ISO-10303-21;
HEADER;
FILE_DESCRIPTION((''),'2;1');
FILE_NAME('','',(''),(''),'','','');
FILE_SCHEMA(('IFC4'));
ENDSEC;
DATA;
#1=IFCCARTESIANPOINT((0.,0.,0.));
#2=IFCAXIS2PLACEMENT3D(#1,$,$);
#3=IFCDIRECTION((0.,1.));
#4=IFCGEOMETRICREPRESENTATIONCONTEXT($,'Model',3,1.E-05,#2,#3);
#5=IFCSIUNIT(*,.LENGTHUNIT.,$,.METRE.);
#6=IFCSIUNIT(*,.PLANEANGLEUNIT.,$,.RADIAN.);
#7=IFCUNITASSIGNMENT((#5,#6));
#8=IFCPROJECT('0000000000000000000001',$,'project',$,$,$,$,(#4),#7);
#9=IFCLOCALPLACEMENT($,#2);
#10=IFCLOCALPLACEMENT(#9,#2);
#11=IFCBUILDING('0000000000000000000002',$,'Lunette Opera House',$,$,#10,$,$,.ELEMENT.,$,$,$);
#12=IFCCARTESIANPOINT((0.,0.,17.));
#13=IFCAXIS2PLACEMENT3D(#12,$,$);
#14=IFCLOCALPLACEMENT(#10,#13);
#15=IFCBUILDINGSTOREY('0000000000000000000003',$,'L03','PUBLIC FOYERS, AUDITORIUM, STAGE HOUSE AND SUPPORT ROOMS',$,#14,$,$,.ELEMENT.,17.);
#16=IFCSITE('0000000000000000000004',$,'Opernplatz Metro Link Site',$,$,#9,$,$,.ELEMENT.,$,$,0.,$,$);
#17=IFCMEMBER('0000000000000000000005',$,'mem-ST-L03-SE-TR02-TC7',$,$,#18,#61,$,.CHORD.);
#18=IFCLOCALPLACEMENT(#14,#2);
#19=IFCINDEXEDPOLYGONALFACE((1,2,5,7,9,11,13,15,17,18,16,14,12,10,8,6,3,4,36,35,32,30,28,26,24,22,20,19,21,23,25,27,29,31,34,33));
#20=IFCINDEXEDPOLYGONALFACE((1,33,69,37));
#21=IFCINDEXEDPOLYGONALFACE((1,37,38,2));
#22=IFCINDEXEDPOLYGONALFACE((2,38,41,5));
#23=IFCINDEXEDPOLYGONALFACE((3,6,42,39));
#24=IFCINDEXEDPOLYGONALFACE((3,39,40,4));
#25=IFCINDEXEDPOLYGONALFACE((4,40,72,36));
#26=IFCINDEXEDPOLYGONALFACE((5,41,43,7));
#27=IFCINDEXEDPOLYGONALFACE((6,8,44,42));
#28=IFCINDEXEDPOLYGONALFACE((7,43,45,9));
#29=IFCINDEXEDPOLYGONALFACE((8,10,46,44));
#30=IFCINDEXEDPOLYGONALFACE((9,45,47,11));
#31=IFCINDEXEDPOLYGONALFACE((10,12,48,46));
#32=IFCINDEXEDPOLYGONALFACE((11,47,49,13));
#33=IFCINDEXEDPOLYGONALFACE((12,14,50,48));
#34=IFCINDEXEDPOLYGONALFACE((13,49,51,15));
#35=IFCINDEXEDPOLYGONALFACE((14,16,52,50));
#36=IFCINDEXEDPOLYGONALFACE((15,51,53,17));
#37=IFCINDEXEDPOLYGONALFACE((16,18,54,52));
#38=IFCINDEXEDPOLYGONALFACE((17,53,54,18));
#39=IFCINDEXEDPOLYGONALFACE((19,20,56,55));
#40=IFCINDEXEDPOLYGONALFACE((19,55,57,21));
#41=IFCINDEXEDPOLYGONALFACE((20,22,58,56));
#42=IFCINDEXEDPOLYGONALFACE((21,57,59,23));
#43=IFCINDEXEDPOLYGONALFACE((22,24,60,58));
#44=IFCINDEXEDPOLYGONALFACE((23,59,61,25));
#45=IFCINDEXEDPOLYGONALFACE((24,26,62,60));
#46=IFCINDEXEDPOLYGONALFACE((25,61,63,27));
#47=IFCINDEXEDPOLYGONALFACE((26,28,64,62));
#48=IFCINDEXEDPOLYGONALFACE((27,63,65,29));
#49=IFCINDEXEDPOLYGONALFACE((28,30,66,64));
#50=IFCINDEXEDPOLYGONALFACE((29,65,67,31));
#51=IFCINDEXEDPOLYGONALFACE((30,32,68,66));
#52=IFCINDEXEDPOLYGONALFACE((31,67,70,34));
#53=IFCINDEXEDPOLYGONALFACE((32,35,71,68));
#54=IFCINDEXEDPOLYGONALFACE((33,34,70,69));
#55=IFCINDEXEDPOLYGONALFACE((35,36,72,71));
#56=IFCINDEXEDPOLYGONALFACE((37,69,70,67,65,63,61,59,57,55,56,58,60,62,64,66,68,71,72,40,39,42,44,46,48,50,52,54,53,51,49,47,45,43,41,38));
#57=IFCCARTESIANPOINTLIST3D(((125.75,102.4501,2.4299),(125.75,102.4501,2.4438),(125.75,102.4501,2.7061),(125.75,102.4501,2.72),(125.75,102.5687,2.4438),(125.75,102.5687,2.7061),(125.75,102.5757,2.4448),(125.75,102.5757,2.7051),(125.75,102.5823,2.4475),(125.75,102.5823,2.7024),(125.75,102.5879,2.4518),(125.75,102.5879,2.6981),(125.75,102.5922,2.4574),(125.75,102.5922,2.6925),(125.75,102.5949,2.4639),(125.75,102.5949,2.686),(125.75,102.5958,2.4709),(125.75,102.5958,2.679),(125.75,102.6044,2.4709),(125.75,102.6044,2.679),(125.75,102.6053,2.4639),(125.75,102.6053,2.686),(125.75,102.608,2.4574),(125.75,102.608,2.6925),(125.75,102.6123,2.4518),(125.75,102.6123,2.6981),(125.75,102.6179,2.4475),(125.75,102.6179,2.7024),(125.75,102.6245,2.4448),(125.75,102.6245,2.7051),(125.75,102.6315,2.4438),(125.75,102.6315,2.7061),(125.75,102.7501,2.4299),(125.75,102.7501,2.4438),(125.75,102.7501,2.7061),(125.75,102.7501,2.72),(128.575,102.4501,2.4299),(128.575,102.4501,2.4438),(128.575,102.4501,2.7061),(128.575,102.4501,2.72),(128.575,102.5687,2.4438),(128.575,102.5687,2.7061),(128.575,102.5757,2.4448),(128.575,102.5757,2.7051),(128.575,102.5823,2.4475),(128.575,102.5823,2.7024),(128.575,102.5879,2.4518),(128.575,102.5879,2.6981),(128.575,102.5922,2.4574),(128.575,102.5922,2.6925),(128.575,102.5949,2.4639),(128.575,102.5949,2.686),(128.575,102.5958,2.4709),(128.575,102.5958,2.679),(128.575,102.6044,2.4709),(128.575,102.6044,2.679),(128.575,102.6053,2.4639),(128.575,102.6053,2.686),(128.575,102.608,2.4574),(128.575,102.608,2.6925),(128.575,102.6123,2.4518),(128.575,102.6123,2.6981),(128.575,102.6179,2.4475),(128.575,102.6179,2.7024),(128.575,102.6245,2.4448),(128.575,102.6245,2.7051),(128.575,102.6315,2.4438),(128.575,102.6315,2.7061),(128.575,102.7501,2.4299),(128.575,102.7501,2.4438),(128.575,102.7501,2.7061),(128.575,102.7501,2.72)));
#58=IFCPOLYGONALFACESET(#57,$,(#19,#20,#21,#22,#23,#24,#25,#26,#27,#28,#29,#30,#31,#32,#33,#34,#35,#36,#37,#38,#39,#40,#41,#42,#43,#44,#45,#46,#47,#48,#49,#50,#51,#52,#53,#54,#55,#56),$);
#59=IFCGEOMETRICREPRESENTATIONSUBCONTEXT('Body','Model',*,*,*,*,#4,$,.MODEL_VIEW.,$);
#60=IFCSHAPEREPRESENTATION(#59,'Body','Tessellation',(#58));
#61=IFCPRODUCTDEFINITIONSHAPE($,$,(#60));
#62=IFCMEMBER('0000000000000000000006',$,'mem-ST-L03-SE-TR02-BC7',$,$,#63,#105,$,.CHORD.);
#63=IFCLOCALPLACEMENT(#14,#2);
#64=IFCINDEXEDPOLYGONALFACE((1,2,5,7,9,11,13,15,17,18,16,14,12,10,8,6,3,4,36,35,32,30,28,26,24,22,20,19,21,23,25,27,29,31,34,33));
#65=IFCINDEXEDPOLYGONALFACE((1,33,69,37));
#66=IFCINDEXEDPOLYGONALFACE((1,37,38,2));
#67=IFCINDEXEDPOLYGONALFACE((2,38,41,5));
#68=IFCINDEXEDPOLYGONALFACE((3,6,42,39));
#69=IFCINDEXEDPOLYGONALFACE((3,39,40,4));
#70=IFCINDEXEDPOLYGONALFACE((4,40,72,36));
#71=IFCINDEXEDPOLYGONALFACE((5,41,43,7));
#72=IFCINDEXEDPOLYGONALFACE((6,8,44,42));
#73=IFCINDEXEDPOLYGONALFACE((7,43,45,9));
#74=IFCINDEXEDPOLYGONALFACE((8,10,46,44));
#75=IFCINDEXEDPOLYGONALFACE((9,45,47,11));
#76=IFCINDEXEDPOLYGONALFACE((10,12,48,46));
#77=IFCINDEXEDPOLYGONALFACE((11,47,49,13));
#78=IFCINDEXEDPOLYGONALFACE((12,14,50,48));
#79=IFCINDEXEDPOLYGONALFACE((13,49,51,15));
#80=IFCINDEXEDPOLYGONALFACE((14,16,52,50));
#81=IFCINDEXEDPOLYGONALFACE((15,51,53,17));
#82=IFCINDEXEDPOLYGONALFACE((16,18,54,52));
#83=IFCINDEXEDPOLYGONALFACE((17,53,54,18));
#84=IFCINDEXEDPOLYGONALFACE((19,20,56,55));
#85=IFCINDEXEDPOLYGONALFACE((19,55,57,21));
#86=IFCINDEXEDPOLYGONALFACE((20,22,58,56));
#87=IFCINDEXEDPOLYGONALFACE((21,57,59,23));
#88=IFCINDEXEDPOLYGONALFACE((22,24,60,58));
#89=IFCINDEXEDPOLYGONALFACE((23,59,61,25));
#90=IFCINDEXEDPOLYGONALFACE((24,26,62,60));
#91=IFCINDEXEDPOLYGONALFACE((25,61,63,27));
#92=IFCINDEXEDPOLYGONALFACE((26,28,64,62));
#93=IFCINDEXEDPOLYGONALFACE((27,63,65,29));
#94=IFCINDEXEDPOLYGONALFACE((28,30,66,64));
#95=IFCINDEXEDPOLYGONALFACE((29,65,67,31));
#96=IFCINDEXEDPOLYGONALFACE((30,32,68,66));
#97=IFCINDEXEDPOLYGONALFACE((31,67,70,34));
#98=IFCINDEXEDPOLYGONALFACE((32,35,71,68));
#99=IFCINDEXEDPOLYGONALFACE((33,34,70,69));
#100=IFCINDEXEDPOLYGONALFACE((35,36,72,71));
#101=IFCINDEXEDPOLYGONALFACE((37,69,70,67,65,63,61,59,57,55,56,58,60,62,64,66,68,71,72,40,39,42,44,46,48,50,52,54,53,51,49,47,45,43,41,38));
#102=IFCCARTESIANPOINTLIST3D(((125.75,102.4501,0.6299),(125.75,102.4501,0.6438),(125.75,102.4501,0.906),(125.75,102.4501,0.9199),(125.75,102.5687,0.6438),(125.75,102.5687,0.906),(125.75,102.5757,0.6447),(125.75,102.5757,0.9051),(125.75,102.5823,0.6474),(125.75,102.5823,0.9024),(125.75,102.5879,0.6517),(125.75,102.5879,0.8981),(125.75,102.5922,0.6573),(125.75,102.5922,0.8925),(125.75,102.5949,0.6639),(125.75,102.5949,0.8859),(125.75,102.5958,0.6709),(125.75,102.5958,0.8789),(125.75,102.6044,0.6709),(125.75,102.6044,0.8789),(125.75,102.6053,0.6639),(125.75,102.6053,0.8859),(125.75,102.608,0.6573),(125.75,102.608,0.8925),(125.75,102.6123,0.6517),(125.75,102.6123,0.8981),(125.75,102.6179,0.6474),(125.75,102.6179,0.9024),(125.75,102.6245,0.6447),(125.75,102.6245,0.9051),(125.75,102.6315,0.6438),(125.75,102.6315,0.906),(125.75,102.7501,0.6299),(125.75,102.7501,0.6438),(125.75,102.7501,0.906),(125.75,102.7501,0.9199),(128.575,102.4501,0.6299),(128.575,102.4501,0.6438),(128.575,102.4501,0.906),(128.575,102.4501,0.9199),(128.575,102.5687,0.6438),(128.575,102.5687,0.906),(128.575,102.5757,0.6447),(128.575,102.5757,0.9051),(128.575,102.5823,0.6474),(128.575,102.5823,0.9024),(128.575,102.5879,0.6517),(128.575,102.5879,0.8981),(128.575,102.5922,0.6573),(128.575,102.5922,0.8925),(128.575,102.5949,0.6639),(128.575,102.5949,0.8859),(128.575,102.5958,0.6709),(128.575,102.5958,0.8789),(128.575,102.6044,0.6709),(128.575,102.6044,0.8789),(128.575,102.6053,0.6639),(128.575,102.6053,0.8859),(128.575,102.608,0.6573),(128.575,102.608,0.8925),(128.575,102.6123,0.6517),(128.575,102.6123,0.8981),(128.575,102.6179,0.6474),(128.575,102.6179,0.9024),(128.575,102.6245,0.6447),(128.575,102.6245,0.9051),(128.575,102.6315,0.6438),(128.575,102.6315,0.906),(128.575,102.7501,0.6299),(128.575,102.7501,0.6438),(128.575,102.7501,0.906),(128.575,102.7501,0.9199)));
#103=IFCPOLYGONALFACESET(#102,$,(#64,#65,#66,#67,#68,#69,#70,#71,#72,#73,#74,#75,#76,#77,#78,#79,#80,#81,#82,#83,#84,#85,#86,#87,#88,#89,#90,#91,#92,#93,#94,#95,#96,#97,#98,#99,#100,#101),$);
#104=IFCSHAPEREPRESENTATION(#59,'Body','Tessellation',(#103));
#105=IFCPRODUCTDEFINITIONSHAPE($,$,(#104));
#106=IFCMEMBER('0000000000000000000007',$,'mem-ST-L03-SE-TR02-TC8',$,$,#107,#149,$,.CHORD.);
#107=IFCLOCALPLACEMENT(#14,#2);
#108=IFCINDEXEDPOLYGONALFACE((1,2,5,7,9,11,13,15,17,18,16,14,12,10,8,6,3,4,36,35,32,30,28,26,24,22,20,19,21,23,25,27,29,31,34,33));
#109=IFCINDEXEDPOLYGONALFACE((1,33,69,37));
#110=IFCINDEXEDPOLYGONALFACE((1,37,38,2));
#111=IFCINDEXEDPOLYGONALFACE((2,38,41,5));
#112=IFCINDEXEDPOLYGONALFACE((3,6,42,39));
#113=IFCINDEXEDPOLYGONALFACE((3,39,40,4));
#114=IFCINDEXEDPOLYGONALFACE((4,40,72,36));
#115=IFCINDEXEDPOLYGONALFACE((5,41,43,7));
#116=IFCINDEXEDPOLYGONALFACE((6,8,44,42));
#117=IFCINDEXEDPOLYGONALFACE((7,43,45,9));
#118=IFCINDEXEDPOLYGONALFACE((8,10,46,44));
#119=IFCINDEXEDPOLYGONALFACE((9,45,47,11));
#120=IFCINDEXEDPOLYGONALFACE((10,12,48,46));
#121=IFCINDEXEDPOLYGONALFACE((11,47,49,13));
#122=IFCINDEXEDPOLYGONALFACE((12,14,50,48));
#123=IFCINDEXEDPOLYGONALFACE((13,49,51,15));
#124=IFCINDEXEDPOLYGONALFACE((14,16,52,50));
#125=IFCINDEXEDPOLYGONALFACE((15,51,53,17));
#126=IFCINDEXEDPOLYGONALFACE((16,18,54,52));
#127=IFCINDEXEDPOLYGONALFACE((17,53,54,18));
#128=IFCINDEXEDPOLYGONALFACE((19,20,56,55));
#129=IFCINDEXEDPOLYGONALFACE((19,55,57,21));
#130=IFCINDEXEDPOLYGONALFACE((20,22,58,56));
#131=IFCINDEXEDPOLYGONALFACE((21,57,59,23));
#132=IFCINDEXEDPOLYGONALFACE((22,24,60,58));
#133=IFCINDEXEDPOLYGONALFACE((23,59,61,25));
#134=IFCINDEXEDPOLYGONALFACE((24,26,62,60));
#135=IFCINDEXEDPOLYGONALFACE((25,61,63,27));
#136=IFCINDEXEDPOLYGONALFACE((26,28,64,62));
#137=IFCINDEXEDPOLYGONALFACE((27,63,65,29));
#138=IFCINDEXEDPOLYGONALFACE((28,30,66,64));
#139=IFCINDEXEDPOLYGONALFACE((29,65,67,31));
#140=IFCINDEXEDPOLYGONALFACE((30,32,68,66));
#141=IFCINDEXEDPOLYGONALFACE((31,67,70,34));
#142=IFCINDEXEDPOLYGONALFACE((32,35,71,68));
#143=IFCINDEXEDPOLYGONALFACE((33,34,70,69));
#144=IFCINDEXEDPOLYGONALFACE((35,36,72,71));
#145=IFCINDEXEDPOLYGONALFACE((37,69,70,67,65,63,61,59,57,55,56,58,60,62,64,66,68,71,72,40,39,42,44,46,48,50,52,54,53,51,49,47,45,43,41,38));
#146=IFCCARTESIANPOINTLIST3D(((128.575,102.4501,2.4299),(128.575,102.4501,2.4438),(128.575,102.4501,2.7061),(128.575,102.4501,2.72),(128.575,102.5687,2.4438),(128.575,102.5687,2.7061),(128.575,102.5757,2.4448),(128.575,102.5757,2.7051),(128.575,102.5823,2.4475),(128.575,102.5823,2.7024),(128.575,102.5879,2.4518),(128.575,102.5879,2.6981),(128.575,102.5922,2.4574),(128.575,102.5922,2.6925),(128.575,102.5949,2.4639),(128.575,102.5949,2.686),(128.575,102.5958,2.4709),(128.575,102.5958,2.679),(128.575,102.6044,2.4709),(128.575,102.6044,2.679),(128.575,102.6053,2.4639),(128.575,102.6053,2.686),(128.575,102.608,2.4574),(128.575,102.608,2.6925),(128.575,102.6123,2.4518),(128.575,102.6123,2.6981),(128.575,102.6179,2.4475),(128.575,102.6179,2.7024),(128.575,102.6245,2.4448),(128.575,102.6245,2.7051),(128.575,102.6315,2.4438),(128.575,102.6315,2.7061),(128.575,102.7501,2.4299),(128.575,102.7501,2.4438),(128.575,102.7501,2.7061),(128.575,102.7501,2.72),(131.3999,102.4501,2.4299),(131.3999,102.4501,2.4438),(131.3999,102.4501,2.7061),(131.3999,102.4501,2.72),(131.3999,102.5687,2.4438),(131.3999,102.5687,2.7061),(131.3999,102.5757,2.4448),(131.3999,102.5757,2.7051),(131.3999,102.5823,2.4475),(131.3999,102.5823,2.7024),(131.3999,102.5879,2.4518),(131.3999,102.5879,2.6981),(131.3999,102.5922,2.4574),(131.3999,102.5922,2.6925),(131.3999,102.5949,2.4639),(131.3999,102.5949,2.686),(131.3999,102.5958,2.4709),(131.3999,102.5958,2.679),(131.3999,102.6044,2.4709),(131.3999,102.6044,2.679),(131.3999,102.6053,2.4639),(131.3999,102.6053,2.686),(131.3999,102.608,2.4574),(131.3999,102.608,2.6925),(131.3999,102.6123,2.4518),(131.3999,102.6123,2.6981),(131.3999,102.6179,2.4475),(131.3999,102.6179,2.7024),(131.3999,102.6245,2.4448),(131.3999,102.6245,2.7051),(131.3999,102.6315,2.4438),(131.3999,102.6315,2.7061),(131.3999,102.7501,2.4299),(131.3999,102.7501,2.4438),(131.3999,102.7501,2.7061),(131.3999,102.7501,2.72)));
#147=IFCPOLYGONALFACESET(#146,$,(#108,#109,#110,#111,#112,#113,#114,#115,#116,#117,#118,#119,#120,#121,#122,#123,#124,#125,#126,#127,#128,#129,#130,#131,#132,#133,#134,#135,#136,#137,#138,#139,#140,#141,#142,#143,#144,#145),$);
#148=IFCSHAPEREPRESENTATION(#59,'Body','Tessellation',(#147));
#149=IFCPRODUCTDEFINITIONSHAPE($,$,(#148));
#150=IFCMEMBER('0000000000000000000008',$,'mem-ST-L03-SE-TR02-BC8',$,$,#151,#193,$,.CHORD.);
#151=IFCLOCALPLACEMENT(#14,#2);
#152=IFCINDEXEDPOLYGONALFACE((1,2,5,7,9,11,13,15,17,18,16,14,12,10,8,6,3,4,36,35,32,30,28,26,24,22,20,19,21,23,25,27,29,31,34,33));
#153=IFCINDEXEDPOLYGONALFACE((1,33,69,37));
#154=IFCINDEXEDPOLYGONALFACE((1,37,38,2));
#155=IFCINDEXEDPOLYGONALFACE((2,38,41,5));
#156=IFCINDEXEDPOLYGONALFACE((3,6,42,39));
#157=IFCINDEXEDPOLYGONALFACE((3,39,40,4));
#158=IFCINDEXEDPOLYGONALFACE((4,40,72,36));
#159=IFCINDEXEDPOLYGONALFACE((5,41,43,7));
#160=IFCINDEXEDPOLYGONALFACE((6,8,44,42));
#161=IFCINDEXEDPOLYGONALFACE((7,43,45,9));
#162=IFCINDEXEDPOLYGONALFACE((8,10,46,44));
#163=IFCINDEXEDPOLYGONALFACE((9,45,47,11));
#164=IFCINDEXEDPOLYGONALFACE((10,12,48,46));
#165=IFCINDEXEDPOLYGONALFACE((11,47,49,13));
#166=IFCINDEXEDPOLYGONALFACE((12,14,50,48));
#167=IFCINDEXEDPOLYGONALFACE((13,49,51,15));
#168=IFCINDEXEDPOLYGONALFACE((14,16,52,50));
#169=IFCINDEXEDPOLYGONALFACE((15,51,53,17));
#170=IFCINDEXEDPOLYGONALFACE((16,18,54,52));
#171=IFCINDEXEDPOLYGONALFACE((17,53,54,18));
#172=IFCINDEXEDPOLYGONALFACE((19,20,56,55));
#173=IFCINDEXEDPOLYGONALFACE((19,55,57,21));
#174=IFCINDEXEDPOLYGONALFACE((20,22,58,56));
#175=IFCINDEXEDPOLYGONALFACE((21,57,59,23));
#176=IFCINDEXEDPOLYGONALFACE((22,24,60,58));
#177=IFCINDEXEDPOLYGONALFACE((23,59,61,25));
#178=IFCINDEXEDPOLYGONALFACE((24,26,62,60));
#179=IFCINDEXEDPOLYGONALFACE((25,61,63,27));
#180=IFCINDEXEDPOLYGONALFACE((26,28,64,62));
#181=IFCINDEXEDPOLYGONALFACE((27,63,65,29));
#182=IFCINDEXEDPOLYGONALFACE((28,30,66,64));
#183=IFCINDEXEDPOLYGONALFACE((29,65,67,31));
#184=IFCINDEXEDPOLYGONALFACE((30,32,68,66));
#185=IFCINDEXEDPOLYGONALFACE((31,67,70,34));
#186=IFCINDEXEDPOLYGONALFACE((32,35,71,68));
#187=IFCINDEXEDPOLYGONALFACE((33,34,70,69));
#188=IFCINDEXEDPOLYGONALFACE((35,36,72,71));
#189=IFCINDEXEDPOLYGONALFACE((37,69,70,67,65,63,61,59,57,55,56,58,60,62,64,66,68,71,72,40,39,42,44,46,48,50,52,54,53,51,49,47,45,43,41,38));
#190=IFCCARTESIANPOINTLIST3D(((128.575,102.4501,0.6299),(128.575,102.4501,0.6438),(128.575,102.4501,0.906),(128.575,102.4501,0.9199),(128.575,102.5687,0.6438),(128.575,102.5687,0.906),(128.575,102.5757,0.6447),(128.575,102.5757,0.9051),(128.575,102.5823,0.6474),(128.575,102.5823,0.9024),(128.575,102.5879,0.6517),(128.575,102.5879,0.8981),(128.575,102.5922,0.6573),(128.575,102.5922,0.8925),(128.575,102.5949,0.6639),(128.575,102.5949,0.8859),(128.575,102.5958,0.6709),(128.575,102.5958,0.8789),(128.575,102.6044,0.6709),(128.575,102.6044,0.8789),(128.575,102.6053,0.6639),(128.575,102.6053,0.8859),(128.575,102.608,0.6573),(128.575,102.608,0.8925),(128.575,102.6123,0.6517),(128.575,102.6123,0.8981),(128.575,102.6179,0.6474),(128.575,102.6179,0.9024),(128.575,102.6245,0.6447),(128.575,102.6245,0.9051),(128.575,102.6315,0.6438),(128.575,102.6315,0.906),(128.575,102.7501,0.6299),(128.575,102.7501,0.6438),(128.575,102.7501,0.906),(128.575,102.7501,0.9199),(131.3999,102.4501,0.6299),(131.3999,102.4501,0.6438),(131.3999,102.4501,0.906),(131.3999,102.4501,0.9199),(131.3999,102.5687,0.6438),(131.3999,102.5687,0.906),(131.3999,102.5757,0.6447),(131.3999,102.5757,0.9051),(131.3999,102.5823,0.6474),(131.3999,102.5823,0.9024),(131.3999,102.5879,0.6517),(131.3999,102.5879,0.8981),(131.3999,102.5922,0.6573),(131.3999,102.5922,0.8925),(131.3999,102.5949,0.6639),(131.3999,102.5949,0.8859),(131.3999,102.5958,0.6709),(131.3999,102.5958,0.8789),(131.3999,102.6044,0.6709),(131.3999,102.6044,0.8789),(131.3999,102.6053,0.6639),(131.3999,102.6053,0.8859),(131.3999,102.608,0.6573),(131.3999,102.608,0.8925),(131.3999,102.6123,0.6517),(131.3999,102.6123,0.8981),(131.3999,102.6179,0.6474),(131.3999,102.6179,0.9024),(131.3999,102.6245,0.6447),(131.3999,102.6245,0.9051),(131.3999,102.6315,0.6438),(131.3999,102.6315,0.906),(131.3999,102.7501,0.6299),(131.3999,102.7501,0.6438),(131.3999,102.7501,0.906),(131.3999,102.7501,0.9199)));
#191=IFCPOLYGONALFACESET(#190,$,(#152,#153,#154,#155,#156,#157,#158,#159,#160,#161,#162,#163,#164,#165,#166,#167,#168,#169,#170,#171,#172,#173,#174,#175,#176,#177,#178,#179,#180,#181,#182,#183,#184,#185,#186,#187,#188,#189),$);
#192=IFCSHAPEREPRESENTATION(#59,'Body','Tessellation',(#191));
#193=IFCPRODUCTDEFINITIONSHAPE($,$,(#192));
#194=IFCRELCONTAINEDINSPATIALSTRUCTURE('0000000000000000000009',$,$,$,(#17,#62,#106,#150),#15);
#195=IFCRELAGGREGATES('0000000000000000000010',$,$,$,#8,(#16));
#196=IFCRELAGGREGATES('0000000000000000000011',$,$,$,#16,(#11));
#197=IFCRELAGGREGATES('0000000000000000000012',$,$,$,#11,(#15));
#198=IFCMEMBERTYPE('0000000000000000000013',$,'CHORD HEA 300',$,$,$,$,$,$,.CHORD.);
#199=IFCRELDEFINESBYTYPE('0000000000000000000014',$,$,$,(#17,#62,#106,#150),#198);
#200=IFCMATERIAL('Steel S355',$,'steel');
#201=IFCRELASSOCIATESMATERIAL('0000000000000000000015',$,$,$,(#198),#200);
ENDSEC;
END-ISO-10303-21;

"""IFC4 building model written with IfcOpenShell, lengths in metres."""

from ifc_helpers import new_model, si_unit, direction, frame, origin, origin_2d, place, context, subcontext, project, spatial, i_section, extrude, material, material_profile, profile_set, type_object, element, save


model = new_model("IFC4")

# Units and contexts
model_context = context("Model", 3, precision=1e-05, world=origin(), true_north=direction((0.0, 1.0)))
body_context = subcontext(model_context, "Body", "Model", "MODEL_VIEW")
ifc_project = project(units=[si_unit("LENGTHUNIT", "METRE"), si_unit("PLANEANGLEUNIT", "RADIAN")], contexts=[model_context])

# Site, building, storey
site_placement = place(None, origin())
site = spatial("IfcSite", under=ifc_project, at=site_placement, Name="Opernplatz Metro Link Site", CompositionType="ELEMENT", RefElevation=0.0)
building_placement = place(site_placement, origin())
building = spatial("IfcBuilding", under=site, at=building_placement, Name="Lunette Opera House", CompositionType="ELEMENT")
storey_placement = place(building_placement, frame((0.0, 0.0, 17.0)))
storey = spatial("IfcBuildingStorey", under=building, at=storey_placement, Name="L03", Description="PUBLIC FOYERS, AUDITORIUM, STAGE HOUSE AND SUPPORT ROOMS", CompositionType="ELEMENT", Elevation=17.0)

# Members
ifc_material_1 = material(Name="Steel S355", Category="steel")
ifc_material_profile_1 = material_profile(ifc_material_1, i_section(OverallWidth=0.3, OverallDepth=0.29, WebThickness=0.0085, FlangeThickness=0.0139, FilletRadius=0.0271, at=origin_2d()), Name="HEA 300")
ifc_profile_set_1 = profile_set([ifc_material_profile_1], Name="Steel S355")
member_type_1 = type_object("IfcMemberType", Name="CHORD HEA 300", PredefinedType="CHORD", material=ifc_profile_set_1)
for number, where, z_axis, x_axis, name in (
    (1, (125.75, 102.6001, 2.575), (1.0, 0.0, 0.0), (0.0, 1.0, 0.0), "mem-ST-L03-SE-TR02-TC7"),
    (2, (125.75, 102.6001, 0.7749), (1.0, 0.0, 0.0), (0.0, 1.0, 0.0), "mem-ST-L03-SE-TR02-BC7"),
    (3, (128.575, 102.6001, 2.575), (1.0, 0.0, 0.0), (0.0, 1.0, 0.0), "mem-ST-L03-SE-TR02-TC8"),
    (4, (128.575, 102.6001, 0.7749), (1.0, 0.0, 0.0), (0.0, 1.0, 0.0), "mem-ST-L03-SE-TR02-BC8"),
):
    element("IfcMember", number, at=place(storey_placement, frame(where, z_axis=z_axis, x_axis=x_axis)), inside=storey, type_object=member_type_1, Name=name, PredefinedType="CHORD", context=body_context, shape_type="SweptSolid", body=[
        extrude(i_section(OverallWidth=0.3, OverallDepth=0.29, WebThickness=0.0085, FlangeThickness=0.0139, FilletRadius=0.0271, at=origin_2d()), origin(), (0.0, 0.0, 1.0), 2.825),
    ])

save(model, "model.ifc")
